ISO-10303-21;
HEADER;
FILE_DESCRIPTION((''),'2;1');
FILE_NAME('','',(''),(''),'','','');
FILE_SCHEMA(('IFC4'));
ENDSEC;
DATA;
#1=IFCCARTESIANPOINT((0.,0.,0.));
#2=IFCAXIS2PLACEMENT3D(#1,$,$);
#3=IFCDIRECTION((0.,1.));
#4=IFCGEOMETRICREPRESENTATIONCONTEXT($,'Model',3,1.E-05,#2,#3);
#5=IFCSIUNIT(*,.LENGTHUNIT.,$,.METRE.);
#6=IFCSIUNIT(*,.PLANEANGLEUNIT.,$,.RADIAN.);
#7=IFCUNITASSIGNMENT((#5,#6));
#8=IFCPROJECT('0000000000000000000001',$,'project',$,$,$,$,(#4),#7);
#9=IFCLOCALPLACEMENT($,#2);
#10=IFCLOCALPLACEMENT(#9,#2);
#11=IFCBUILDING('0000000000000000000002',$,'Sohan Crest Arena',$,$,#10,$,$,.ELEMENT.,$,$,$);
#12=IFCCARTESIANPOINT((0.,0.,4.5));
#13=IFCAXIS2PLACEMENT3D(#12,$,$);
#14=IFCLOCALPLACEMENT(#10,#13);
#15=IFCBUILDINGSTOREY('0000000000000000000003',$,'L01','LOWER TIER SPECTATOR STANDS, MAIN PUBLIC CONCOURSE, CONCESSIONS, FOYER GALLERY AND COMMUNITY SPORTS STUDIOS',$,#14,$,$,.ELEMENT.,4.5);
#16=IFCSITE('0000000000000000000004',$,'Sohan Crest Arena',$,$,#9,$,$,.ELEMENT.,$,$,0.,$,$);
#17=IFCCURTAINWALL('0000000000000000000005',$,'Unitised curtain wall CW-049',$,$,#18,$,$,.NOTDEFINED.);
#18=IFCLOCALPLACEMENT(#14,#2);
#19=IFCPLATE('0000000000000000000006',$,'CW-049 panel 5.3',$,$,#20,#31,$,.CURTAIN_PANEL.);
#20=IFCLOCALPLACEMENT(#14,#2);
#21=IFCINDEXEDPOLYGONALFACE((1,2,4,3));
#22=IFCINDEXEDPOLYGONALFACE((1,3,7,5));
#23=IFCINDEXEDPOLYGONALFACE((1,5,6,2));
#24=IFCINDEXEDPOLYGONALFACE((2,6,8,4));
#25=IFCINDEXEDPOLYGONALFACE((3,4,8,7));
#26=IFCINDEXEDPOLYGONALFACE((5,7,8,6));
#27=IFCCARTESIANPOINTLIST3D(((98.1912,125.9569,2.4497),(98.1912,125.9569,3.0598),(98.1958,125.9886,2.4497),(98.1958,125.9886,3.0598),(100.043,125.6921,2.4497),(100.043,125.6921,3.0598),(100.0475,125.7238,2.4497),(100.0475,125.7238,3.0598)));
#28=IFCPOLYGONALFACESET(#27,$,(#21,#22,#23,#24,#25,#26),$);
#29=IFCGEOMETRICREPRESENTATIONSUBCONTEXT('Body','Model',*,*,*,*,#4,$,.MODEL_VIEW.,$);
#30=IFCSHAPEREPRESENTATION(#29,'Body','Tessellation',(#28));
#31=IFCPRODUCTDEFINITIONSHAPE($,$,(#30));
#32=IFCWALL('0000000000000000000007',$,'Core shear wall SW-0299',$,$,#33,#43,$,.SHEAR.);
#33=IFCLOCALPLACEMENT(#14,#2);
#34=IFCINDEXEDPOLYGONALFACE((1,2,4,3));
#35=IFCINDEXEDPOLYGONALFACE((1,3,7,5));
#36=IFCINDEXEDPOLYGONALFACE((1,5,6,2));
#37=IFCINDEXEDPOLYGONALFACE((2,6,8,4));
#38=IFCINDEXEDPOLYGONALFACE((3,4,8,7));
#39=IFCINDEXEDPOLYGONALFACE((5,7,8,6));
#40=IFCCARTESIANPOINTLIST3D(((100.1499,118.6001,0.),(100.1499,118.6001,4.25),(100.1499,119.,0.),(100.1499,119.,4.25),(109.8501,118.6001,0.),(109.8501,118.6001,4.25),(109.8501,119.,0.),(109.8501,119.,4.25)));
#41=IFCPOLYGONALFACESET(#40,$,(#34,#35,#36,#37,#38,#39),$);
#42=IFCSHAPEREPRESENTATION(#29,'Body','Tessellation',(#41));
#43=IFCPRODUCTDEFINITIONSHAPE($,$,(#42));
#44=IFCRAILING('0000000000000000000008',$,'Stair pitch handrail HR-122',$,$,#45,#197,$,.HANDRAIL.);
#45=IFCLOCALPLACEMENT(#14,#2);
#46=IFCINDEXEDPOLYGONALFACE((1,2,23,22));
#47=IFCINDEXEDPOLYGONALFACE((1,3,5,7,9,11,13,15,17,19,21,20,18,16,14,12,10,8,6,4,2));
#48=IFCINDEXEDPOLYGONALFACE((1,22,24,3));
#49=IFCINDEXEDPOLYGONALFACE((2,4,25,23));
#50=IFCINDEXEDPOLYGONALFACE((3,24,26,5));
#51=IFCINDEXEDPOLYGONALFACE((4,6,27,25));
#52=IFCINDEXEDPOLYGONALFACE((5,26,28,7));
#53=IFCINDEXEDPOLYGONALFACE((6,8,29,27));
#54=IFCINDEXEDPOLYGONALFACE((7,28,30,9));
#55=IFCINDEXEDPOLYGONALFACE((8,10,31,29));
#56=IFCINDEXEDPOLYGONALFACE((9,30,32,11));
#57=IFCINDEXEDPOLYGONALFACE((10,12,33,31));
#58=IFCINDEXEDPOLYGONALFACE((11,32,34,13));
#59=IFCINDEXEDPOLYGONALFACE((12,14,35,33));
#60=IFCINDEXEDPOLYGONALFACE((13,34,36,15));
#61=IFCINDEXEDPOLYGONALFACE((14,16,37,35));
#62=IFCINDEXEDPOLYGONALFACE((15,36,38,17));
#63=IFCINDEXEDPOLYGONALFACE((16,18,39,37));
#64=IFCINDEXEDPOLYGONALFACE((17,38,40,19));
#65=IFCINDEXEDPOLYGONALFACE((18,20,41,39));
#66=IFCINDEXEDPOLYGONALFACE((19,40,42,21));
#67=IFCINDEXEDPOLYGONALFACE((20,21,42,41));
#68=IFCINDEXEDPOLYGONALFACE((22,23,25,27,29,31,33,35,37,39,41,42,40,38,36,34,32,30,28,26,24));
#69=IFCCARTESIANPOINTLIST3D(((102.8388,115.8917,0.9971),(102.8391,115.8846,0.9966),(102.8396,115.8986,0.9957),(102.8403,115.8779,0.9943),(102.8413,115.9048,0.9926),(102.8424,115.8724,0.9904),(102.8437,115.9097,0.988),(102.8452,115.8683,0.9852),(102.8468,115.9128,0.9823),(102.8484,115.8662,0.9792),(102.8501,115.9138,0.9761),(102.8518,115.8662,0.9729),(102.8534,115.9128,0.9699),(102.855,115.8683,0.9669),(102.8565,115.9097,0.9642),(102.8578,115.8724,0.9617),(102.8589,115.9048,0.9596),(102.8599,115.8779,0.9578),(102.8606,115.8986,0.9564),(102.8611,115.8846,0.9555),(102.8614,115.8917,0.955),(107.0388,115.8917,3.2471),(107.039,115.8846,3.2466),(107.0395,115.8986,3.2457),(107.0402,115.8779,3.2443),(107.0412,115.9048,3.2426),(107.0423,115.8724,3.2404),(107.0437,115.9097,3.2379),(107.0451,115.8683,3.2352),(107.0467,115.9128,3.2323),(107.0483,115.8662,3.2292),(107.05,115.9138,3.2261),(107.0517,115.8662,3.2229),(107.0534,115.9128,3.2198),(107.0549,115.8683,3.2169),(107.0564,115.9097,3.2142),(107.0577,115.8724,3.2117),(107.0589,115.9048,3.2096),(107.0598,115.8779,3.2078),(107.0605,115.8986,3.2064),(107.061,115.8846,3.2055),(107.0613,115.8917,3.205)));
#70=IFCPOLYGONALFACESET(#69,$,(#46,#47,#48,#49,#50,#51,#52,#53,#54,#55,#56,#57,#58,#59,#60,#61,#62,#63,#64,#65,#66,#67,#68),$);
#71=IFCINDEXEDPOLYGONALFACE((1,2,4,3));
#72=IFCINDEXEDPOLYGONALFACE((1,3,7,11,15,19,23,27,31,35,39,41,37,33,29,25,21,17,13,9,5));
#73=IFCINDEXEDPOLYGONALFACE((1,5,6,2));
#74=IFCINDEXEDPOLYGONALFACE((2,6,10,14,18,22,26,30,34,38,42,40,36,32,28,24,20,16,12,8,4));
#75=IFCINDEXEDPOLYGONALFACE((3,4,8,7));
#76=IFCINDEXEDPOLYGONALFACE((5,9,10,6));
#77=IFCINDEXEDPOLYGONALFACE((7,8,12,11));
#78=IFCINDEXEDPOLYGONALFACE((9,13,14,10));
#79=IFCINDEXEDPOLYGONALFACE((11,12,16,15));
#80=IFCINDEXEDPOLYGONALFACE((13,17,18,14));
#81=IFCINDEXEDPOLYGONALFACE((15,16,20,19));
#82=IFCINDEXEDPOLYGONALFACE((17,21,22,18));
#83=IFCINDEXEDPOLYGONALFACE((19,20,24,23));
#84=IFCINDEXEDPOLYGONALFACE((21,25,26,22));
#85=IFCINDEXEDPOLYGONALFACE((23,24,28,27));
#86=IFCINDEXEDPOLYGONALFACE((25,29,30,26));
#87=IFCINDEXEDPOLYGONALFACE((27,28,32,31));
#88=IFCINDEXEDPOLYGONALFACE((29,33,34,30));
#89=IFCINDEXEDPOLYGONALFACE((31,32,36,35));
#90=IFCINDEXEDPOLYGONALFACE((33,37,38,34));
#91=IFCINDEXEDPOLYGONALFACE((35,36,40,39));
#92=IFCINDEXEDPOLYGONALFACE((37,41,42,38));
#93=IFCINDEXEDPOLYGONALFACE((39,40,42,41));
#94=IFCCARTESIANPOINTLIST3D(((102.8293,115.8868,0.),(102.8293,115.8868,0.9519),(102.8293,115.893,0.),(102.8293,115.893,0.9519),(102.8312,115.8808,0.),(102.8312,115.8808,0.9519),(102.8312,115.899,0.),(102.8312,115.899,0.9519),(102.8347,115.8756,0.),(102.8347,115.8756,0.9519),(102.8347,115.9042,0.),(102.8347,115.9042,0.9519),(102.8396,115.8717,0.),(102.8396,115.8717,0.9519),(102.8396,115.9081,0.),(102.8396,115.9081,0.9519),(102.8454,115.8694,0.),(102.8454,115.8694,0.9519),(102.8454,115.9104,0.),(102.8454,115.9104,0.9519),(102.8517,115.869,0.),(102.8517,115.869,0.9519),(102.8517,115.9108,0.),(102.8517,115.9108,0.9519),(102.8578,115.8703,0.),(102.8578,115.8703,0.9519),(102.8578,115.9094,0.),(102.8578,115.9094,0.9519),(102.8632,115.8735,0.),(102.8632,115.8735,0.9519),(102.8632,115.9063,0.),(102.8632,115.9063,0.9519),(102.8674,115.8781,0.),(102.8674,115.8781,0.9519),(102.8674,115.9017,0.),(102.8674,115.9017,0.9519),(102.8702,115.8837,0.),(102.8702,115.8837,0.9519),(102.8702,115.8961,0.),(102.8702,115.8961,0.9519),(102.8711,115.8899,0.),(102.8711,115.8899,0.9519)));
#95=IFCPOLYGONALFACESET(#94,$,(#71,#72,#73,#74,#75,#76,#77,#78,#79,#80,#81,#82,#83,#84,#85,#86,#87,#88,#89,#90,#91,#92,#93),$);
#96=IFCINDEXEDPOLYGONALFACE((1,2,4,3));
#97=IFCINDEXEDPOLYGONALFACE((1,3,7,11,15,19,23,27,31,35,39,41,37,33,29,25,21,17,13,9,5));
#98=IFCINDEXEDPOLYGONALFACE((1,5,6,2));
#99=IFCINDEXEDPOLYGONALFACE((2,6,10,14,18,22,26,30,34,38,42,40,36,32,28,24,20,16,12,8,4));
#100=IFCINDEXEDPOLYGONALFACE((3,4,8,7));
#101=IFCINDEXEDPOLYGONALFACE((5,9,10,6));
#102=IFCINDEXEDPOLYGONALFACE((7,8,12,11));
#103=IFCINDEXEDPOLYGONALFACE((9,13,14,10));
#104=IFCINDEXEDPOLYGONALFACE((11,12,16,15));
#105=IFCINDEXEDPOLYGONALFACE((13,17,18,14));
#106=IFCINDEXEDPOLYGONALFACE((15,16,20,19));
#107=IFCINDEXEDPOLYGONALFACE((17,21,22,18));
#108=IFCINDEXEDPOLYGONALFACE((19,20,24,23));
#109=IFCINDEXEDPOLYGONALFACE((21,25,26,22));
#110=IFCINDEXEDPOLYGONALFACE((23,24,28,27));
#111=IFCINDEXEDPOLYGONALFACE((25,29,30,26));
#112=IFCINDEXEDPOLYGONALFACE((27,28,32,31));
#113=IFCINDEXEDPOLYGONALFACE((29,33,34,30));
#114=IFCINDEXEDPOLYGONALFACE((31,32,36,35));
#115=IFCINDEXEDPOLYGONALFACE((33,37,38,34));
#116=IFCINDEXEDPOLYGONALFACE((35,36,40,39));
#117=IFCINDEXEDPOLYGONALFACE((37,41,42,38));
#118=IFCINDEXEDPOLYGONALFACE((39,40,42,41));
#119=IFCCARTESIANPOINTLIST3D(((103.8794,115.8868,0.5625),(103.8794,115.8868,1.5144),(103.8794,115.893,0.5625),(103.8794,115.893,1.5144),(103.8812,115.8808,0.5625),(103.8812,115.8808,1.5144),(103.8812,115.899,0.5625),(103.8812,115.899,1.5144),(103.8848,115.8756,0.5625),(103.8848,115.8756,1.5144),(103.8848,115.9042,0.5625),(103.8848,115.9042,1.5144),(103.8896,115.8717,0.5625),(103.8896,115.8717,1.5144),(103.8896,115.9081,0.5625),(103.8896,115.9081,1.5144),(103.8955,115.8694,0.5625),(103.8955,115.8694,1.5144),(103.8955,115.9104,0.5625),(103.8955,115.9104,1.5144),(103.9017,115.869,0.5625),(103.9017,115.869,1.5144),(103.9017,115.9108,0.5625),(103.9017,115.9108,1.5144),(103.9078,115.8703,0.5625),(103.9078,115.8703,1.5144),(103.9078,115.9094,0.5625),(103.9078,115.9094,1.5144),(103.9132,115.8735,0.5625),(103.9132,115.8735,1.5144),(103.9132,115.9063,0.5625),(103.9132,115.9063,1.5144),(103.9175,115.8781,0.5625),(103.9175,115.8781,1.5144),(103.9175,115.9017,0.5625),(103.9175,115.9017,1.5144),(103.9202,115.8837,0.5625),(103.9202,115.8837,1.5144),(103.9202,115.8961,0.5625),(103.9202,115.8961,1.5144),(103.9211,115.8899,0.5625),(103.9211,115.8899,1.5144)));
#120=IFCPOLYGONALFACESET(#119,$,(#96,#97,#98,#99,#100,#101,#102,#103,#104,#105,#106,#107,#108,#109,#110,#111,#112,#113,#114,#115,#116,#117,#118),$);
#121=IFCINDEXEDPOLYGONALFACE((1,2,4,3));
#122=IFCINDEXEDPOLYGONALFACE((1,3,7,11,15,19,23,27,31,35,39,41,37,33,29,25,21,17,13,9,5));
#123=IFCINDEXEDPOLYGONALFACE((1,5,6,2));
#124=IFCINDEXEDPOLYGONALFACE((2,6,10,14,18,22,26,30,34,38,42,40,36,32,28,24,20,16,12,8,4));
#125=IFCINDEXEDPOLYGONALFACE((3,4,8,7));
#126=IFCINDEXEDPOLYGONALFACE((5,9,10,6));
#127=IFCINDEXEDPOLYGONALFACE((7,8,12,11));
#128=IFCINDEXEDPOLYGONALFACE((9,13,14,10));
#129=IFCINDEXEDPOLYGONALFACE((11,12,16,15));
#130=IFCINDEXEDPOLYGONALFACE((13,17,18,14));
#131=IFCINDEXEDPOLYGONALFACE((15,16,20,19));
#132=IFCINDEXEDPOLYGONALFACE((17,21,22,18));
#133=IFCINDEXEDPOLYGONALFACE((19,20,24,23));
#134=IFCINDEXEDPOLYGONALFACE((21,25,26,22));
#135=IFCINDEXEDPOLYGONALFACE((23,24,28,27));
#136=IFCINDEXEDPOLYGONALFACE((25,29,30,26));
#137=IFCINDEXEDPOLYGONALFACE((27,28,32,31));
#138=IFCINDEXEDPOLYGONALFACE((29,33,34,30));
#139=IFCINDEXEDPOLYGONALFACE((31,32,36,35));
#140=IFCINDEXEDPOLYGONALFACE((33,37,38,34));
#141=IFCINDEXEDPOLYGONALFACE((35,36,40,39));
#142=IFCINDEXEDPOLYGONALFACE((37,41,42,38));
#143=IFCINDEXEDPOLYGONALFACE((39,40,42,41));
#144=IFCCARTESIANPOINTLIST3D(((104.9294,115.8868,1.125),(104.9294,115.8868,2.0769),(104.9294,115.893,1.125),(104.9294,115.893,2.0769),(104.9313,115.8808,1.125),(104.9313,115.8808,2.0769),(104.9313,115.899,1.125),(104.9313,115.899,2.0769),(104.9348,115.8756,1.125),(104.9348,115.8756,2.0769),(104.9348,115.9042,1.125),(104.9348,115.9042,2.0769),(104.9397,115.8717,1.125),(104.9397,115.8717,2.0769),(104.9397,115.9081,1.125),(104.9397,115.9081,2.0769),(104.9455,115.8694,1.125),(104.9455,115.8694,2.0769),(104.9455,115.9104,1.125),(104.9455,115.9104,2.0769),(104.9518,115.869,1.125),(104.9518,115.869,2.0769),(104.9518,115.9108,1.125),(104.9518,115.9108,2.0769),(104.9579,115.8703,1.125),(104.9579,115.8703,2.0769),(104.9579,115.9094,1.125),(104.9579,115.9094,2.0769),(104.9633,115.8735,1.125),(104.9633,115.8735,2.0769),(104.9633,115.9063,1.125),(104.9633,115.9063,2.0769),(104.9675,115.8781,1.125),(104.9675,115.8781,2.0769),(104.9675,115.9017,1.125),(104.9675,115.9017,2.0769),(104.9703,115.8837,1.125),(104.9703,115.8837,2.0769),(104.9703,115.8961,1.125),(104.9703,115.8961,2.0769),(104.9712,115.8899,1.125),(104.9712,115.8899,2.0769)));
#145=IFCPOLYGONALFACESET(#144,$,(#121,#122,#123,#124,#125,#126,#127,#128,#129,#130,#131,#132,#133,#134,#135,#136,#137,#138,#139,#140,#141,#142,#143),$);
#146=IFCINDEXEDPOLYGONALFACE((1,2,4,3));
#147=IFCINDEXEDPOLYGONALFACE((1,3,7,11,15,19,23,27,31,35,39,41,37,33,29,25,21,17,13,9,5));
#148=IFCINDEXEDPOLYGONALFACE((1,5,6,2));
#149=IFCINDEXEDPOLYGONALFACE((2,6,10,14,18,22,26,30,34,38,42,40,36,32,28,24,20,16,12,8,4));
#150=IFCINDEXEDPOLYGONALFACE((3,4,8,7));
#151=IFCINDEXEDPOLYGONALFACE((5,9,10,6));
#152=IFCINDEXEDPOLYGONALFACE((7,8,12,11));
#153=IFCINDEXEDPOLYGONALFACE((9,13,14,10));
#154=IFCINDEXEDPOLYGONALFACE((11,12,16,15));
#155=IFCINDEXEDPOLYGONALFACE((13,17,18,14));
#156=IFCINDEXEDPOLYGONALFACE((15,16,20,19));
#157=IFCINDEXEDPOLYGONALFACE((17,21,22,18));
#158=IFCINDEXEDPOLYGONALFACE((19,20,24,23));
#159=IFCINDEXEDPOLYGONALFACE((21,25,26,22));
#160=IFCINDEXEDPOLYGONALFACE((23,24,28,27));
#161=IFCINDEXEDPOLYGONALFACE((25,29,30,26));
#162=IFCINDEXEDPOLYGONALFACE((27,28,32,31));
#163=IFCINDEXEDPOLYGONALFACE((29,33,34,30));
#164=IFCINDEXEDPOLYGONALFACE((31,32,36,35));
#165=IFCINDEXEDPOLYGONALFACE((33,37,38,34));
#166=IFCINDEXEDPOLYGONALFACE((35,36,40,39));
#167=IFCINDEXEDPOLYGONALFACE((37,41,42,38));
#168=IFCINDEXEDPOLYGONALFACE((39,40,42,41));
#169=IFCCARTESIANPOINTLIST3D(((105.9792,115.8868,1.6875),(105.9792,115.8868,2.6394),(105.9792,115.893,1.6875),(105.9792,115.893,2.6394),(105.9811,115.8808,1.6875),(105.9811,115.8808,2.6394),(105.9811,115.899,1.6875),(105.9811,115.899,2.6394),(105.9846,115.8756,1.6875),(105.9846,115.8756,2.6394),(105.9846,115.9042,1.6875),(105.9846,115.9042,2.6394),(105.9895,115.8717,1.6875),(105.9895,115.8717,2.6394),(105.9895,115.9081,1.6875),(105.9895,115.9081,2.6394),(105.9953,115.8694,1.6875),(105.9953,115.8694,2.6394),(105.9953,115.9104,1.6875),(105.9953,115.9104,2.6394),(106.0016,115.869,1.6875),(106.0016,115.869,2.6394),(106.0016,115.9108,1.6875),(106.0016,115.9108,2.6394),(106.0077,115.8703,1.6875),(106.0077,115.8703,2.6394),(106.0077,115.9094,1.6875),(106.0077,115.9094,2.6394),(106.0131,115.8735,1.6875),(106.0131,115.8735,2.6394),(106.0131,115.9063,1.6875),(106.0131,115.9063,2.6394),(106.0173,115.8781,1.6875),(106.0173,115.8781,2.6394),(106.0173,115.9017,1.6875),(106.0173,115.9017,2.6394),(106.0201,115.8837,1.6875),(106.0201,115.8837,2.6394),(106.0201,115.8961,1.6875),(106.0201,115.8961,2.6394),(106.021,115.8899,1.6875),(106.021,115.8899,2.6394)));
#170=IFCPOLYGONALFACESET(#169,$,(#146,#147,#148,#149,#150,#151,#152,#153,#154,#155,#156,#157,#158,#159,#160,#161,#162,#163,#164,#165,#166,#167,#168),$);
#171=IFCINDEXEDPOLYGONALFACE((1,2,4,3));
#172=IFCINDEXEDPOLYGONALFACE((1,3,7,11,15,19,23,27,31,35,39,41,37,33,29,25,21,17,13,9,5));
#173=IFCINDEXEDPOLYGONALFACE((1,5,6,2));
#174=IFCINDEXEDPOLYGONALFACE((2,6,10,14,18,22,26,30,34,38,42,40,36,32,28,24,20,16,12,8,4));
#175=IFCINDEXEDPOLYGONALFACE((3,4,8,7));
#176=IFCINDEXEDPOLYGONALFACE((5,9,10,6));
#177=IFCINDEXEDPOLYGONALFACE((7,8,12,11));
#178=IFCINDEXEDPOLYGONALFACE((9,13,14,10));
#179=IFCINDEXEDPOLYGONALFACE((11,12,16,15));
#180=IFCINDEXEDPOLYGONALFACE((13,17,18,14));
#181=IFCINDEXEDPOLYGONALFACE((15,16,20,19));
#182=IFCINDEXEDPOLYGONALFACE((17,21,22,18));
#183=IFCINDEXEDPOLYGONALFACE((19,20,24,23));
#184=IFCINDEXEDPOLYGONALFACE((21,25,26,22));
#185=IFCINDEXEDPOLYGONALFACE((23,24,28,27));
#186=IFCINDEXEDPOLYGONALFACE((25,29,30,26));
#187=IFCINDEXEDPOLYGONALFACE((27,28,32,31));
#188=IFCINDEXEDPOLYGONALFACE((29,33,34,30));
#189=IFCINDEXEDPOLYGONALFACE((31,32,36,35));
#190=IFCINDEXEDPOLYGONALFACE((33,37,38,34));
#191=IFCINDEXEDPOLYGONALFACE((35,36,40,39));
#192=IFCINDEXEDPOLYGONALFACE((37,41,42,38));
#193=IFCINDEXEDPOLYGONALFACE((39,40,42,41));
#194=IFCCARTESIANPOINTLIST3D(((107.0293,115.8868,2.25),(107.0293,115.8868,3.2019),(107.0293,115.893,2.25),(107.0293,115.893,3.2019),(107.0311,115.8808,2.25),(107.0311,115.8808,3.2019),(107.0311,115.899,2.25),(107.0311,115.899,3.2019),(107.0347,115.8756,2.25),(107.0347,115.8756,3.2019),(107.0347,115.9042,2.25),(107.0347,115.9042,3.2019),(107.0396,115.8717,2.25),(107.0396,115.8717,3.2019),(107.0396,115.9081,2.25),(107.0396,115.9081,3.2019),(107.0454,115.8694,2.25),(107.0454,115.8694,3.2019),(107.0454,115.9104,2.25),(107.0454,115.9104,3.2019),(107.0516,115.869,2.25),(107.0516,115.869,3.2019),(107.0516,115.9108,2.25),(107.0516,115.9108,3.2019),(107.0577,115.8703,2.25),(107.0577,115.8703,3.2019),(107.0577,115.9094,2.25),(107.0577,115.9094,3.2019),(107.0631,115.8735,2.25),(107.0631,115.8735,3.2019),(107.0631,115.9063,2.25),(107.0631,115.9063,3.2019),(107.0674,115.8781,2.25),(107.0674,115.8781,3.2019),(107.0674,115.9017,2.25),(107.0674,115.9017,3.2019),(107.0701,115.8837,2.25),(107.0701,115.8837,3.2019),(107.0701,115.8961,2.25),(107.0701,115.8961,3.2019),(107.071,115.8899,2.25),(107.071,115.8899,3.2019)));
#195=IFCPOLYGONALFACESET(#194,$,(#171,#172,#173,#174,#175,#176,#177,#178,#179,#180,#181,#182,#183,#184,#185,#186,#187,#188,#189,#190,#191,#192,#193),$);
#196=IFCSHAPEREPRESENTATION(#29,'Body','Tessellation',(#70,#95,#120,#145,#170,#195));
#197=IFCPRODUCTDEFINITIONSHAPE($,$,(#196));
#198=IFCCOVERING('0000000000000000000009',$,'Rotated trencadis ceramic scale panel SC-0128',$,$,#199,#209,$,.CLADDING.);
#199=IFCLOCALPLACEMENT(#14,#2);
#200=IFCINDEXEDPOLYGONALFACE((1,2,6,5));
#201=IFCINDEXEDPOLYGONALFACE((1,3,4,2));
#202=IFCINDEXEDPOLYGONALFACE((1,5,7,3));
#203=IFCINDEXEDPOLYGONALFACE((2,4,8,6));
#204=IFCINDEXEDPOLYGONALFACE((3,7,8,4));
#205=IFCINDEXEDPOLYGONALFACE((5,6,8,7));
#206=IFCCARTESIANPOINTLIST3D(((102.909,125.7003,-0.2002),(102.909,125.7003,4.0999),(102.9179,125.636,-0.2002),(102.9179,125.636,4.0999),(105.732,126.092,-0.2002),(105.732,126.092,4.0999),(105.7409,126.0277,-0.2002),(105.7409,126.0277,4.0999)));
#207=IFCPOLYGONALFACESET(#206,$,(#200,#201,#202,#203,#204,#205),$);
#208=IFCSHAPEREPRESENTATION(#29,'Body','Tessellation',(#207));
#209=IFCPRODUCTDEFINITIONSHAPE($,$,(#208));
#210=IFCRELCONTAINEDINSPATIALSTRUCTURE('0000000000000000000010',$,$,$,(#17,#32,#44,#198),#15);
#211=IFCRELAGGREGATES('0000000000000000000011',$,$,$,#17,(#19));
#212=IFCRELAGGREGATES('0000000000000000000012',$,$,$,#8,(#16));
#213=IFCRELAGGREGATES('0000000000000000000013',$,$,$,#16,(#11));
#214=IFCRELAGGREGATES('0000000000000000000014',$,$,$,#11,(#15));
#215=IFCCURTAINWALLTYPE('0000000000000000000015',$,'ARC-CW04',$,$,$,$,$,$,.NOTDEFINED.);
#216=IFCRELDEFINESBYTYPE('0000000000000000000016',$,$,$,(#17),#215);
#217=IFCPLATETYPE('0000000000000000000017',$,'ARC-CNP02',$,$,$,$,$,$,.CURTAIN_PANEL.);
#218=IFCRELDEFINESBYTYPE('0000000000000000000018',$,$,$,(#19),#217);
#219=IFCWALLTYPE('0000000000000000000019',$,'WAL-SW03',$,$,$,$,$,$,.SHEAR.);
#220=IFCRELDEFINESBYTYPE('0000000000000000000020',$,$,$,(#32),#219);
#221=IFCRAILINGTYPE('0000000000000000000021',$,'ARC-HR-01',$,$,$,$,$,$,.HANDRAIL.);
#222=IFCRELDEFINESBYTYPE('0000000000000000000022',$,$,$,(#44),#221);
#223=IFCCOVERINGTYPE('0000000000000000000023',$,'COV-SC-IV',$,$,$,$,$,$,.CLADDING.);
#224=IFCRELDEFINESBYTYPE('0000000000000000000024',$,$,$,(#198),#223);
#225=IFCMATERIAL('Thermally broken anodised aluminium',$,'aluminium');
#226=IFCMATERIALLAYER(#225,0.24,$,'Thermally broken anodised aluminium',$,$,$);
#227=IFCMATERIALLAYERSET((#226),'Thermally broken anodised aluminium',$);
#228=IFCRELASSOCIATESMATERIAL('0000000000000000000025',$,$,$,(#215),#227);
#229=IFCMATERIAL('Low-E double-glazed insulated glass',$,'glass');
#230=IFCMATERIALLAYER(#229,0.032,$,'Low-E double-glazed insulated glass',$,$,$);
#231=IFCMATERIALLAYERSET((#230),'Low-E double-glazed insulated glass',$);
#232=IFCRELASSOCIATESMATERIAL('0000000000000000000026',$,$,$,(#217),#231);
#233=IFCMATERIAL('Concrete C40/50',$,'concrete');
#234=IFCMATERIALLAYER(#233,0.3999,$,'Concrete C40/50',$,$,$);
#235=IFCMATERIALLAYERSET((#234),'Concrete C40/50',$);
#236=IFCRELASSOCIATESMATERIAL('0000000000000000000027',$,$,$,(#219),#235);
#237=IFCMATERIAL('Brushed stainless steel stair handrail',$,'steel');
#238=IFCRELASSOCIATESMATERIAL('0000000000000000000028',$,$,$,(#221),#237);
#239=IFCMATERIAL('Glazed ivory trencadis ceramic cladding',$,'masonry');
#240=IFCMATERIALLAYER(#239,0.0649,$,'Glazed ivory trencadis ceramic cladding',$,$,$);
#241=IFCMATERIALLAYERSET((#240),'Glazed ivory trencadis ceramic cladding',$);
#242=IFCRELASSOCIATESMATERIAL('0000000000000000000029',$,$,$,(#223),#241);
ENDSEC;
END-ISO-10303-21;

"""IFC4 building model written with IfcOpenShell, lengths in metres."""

from ifc_helpers import new_model, si_unit, direction, frame, frame_2d, origin, origin_2d, place, context, subcontext, project, spatial, rectangle, circle, extrude, material, layer, layer_set, type_object, element, aggregate, save


model = new_model("IFC4")

# Units and contexts
model_context = context("Model", 3, precision=1e-05, world=origin(), true_north=direction((0.0, 1.0)))
body_context = subcontext(model_context, "Body", "Model", "MODEL_VIEW")
ifc_project = project(units=[si_unit("LENGTHUNIT", "METRE"), si_unit("PLANEANGLEUNIT", "RADIAN")], contexts=[model_context])

# Site, building, storey
site_placement = place(None, origin())
site = spatial("IfcSite", under=ifc_project, at=site_placement, Name="Sohan Crest Arena", CompositionType="ELEMENT", RefElevation=0.0)
building_placement = place(site_placement, origin())
building = spatial("IfcBuilding", under=site, at=building_placement, Name="Sohan Crest Arena", CompositionType="ELEMENT")
storey_placement = place(building_placement, frame((0.0, 0.0, 4.5)))
storey = spatial("IfcBuildingStorey", under=building, at=storey_placement, Name="L01", Description="LOWER TIER SPECTATOR STANDS, MAIN PUBLIC CONCOURSE, CONCESSIONS, FOYER GALLERY AND COMMUNITY SPORTS STUDIOS", CompositionType="ELEMENT", Elevation=4.5)

# Curtain wall, plate
ifc_material_1 = material(Name="Thermally broken anodised aluminium", Category="aluminium")
ifc_layer_1 = layer(ifc_material_1, 0.24, Name="Thermally broken anodised aluminium")
ifc_layer_set_1 = layer_set([ifc_layer_1], Name="Thermally broken anodised aluminium")
curtain_wall_type = type_object("IfcCurtainWallType", Name="ARC-CW04", PredefinedType="NOTDEFINED", material=ifc_layer_set_1)
curtain_wall_placement = place(storey_placement, origin())
curtain_wall = element("IfcCurtainWall", 1, at=curtain_wall_placement, inside=storey, type_object=curtain_wall_type, Name="Unitised curtain wall CW-049", PredefinedType="NOTDEFINED")
ifc_material_2 = material(Name="Low-E double-glazed insulated glass", Category="glass")
ifc_layer_2 = layer(ifc_material_2, 0.032, Name="Low-E double-glazed insulated glass")
ifc_layer_set_2 = layer_set([ifc_layer_2], Name="Low-E double-glazed insulated glass")
plate_type = type_object("IfcPlateType", Name="ARC-CNP02", PredefinedType="CURTAIN_PANEL", material=ifc_layer_set_2)
plate_1_placement = place(storey_placement, frame((99.1194, 125.8403, 2.4497), z_axis=(0.0, 0.0, 1.0), x_axis=(-0.989931, 0.141549, 0.0)))
plate_1 = element("IfcPlate", 2, at=plate_1_placement, type_object=plate_type, Name="CW-049 panel 5.3", PredefinedType="CURTAIN_PANEL", context=body_context, shape_type="SweptSolid", body=[
    extrude(rectangle(XDim=1.8706, YDim=0.032, at=origin_2d()), origin(), (0.0, 0.0, 1.0), 0.6101),
])
aggregate(curtain_wall, [plate_1])

# Wall
ifc_material_3 = material(Name="Concrete C40/50", Category="concrete")
ifc_layer_3 = layer(ifc_material_3, 0.3999, Name="Concrete C40/50")
ifc_layer_set_3 = layer_set([ifc_layer_3], Name="Concrete C40/50")
wall_type = type_object("IfcWallType", Name="WAL-SW03", PredefinedType="SHEAR", material=ifc_layer_set_3)
wall_placement = place(storey_placement, frame((100.1499, 118.8, 0.0), z_axis=(0.0, 0.0, 1.0), x_axis=(1.0, 0.0, 0.0)))
element("IfcWall", 3, at=wall_placement, inside=storey, type_object=wall_type, Name="Core shear wall SW-0299", PredefinedType="SHEAR", context=body_context, shape_type="SweptSolid", body=[
    extrude(rectangle(XDim=9.7002, YDim=0.3999, at=frame_2d((4.8501, 0.0))), origin(), (0.0, 0.0, 1.0), 4.25),
])

# Railing
ifc_material_4 = material(Name="Brushed stainless steel stair handrail", Category="steel")
railing_type = type_object("IfcRailingType", Name="ARC-HR-01", PredefinedType="HANDRAIL", material=ifc_material_4)
railing_placement = place(storey_placement, frame((102.8501, 115.8899, 0.0)))
element("IfcRailing", 4, at=railing_placement, inside=storey, type_object=railing_type, Name="Stair pitch handrail HR-122", PredefinedType="HANDRAIL", context=body_context, shape_type="SweptSolid", body=[
    extrude(circle(Radius=0.0239, at=origin_2d()), frame((0.0, 0.0, 0.9761), z_axis=(0.881478, 0.0, 0.472226), x_axis=(0.0, 1.0, 0.0)), (0.0, 0.0, 1.0), 4.7646),
    extrude(circle(Radius=0.021, at=origin_2d()), origin(), (0.0, 0.0, 1.0), 0.9519),
    extrude(circle(Radius=0.021, at=origin_2d()), frame((1.05, 0.0, 0.5625)), (0.0, 0.0, 1.0), 0.9519),
    extrude(circle(Radius=0.021, at=origin_2d()), frame((2.1001, 0.0, 1.125)), (0.0, 0.0, 1.0), 0.9519),
    extrude(circle(Radius=0.021, at=origin_2d()), frame((3.1499, 0.0, 1.6875)), (0.0, 0.0, 1.0), 0.9519),
    extrude(circle(Radius=0.021, at=origin_2d()), frame((4.2, 0.0, 2.25)), (0.0, 0.0, 1.0), 0.9519),
])

# Covering
ifc_material_5 = material(Name="Glazed ivory trencadis ceramic cladding", Category="masonry")
ifc_layer_4 = layer(ifc_material_5, 0.0649, Name="Glazed ivory trencadis ceramic cladding")
ifc_layer_set_4 = layer_set([ifc_layer_4], Name="Glazed ivory trencadis ceramic cladding")
covering_type_1 = type_object("IfcCoveringType", Name="COV-SC-IV", PredefinedType="CLADDING", material=ifc_layer_set_4)
for number, where, z_axis, x_axis, name in (
    (5, (104.325, 125.864, -0.2002), (0.0, 0.0, 1.0), (-0.990509, -0.137445, 0.0), "Rotated trencadis ceramic scale panel SC-0128"),
):
    element("IfcCovering", number, at=place(storey_placement, frame(where, z_axis=z_axis, x_axis=x_axis)), inside=storey, type_object=covering_type_1, Name=name, PredefinedType="CLADDING", context=body_context, shape_type="SweptSolid", body=[
        extrude(rectangle(XDim=2.8501, YDim=0.0649, at=origin_2d()), origin(), (0.0, 0.0, 1.0), 4.3),
    ])

save(model, "model.ifc")
